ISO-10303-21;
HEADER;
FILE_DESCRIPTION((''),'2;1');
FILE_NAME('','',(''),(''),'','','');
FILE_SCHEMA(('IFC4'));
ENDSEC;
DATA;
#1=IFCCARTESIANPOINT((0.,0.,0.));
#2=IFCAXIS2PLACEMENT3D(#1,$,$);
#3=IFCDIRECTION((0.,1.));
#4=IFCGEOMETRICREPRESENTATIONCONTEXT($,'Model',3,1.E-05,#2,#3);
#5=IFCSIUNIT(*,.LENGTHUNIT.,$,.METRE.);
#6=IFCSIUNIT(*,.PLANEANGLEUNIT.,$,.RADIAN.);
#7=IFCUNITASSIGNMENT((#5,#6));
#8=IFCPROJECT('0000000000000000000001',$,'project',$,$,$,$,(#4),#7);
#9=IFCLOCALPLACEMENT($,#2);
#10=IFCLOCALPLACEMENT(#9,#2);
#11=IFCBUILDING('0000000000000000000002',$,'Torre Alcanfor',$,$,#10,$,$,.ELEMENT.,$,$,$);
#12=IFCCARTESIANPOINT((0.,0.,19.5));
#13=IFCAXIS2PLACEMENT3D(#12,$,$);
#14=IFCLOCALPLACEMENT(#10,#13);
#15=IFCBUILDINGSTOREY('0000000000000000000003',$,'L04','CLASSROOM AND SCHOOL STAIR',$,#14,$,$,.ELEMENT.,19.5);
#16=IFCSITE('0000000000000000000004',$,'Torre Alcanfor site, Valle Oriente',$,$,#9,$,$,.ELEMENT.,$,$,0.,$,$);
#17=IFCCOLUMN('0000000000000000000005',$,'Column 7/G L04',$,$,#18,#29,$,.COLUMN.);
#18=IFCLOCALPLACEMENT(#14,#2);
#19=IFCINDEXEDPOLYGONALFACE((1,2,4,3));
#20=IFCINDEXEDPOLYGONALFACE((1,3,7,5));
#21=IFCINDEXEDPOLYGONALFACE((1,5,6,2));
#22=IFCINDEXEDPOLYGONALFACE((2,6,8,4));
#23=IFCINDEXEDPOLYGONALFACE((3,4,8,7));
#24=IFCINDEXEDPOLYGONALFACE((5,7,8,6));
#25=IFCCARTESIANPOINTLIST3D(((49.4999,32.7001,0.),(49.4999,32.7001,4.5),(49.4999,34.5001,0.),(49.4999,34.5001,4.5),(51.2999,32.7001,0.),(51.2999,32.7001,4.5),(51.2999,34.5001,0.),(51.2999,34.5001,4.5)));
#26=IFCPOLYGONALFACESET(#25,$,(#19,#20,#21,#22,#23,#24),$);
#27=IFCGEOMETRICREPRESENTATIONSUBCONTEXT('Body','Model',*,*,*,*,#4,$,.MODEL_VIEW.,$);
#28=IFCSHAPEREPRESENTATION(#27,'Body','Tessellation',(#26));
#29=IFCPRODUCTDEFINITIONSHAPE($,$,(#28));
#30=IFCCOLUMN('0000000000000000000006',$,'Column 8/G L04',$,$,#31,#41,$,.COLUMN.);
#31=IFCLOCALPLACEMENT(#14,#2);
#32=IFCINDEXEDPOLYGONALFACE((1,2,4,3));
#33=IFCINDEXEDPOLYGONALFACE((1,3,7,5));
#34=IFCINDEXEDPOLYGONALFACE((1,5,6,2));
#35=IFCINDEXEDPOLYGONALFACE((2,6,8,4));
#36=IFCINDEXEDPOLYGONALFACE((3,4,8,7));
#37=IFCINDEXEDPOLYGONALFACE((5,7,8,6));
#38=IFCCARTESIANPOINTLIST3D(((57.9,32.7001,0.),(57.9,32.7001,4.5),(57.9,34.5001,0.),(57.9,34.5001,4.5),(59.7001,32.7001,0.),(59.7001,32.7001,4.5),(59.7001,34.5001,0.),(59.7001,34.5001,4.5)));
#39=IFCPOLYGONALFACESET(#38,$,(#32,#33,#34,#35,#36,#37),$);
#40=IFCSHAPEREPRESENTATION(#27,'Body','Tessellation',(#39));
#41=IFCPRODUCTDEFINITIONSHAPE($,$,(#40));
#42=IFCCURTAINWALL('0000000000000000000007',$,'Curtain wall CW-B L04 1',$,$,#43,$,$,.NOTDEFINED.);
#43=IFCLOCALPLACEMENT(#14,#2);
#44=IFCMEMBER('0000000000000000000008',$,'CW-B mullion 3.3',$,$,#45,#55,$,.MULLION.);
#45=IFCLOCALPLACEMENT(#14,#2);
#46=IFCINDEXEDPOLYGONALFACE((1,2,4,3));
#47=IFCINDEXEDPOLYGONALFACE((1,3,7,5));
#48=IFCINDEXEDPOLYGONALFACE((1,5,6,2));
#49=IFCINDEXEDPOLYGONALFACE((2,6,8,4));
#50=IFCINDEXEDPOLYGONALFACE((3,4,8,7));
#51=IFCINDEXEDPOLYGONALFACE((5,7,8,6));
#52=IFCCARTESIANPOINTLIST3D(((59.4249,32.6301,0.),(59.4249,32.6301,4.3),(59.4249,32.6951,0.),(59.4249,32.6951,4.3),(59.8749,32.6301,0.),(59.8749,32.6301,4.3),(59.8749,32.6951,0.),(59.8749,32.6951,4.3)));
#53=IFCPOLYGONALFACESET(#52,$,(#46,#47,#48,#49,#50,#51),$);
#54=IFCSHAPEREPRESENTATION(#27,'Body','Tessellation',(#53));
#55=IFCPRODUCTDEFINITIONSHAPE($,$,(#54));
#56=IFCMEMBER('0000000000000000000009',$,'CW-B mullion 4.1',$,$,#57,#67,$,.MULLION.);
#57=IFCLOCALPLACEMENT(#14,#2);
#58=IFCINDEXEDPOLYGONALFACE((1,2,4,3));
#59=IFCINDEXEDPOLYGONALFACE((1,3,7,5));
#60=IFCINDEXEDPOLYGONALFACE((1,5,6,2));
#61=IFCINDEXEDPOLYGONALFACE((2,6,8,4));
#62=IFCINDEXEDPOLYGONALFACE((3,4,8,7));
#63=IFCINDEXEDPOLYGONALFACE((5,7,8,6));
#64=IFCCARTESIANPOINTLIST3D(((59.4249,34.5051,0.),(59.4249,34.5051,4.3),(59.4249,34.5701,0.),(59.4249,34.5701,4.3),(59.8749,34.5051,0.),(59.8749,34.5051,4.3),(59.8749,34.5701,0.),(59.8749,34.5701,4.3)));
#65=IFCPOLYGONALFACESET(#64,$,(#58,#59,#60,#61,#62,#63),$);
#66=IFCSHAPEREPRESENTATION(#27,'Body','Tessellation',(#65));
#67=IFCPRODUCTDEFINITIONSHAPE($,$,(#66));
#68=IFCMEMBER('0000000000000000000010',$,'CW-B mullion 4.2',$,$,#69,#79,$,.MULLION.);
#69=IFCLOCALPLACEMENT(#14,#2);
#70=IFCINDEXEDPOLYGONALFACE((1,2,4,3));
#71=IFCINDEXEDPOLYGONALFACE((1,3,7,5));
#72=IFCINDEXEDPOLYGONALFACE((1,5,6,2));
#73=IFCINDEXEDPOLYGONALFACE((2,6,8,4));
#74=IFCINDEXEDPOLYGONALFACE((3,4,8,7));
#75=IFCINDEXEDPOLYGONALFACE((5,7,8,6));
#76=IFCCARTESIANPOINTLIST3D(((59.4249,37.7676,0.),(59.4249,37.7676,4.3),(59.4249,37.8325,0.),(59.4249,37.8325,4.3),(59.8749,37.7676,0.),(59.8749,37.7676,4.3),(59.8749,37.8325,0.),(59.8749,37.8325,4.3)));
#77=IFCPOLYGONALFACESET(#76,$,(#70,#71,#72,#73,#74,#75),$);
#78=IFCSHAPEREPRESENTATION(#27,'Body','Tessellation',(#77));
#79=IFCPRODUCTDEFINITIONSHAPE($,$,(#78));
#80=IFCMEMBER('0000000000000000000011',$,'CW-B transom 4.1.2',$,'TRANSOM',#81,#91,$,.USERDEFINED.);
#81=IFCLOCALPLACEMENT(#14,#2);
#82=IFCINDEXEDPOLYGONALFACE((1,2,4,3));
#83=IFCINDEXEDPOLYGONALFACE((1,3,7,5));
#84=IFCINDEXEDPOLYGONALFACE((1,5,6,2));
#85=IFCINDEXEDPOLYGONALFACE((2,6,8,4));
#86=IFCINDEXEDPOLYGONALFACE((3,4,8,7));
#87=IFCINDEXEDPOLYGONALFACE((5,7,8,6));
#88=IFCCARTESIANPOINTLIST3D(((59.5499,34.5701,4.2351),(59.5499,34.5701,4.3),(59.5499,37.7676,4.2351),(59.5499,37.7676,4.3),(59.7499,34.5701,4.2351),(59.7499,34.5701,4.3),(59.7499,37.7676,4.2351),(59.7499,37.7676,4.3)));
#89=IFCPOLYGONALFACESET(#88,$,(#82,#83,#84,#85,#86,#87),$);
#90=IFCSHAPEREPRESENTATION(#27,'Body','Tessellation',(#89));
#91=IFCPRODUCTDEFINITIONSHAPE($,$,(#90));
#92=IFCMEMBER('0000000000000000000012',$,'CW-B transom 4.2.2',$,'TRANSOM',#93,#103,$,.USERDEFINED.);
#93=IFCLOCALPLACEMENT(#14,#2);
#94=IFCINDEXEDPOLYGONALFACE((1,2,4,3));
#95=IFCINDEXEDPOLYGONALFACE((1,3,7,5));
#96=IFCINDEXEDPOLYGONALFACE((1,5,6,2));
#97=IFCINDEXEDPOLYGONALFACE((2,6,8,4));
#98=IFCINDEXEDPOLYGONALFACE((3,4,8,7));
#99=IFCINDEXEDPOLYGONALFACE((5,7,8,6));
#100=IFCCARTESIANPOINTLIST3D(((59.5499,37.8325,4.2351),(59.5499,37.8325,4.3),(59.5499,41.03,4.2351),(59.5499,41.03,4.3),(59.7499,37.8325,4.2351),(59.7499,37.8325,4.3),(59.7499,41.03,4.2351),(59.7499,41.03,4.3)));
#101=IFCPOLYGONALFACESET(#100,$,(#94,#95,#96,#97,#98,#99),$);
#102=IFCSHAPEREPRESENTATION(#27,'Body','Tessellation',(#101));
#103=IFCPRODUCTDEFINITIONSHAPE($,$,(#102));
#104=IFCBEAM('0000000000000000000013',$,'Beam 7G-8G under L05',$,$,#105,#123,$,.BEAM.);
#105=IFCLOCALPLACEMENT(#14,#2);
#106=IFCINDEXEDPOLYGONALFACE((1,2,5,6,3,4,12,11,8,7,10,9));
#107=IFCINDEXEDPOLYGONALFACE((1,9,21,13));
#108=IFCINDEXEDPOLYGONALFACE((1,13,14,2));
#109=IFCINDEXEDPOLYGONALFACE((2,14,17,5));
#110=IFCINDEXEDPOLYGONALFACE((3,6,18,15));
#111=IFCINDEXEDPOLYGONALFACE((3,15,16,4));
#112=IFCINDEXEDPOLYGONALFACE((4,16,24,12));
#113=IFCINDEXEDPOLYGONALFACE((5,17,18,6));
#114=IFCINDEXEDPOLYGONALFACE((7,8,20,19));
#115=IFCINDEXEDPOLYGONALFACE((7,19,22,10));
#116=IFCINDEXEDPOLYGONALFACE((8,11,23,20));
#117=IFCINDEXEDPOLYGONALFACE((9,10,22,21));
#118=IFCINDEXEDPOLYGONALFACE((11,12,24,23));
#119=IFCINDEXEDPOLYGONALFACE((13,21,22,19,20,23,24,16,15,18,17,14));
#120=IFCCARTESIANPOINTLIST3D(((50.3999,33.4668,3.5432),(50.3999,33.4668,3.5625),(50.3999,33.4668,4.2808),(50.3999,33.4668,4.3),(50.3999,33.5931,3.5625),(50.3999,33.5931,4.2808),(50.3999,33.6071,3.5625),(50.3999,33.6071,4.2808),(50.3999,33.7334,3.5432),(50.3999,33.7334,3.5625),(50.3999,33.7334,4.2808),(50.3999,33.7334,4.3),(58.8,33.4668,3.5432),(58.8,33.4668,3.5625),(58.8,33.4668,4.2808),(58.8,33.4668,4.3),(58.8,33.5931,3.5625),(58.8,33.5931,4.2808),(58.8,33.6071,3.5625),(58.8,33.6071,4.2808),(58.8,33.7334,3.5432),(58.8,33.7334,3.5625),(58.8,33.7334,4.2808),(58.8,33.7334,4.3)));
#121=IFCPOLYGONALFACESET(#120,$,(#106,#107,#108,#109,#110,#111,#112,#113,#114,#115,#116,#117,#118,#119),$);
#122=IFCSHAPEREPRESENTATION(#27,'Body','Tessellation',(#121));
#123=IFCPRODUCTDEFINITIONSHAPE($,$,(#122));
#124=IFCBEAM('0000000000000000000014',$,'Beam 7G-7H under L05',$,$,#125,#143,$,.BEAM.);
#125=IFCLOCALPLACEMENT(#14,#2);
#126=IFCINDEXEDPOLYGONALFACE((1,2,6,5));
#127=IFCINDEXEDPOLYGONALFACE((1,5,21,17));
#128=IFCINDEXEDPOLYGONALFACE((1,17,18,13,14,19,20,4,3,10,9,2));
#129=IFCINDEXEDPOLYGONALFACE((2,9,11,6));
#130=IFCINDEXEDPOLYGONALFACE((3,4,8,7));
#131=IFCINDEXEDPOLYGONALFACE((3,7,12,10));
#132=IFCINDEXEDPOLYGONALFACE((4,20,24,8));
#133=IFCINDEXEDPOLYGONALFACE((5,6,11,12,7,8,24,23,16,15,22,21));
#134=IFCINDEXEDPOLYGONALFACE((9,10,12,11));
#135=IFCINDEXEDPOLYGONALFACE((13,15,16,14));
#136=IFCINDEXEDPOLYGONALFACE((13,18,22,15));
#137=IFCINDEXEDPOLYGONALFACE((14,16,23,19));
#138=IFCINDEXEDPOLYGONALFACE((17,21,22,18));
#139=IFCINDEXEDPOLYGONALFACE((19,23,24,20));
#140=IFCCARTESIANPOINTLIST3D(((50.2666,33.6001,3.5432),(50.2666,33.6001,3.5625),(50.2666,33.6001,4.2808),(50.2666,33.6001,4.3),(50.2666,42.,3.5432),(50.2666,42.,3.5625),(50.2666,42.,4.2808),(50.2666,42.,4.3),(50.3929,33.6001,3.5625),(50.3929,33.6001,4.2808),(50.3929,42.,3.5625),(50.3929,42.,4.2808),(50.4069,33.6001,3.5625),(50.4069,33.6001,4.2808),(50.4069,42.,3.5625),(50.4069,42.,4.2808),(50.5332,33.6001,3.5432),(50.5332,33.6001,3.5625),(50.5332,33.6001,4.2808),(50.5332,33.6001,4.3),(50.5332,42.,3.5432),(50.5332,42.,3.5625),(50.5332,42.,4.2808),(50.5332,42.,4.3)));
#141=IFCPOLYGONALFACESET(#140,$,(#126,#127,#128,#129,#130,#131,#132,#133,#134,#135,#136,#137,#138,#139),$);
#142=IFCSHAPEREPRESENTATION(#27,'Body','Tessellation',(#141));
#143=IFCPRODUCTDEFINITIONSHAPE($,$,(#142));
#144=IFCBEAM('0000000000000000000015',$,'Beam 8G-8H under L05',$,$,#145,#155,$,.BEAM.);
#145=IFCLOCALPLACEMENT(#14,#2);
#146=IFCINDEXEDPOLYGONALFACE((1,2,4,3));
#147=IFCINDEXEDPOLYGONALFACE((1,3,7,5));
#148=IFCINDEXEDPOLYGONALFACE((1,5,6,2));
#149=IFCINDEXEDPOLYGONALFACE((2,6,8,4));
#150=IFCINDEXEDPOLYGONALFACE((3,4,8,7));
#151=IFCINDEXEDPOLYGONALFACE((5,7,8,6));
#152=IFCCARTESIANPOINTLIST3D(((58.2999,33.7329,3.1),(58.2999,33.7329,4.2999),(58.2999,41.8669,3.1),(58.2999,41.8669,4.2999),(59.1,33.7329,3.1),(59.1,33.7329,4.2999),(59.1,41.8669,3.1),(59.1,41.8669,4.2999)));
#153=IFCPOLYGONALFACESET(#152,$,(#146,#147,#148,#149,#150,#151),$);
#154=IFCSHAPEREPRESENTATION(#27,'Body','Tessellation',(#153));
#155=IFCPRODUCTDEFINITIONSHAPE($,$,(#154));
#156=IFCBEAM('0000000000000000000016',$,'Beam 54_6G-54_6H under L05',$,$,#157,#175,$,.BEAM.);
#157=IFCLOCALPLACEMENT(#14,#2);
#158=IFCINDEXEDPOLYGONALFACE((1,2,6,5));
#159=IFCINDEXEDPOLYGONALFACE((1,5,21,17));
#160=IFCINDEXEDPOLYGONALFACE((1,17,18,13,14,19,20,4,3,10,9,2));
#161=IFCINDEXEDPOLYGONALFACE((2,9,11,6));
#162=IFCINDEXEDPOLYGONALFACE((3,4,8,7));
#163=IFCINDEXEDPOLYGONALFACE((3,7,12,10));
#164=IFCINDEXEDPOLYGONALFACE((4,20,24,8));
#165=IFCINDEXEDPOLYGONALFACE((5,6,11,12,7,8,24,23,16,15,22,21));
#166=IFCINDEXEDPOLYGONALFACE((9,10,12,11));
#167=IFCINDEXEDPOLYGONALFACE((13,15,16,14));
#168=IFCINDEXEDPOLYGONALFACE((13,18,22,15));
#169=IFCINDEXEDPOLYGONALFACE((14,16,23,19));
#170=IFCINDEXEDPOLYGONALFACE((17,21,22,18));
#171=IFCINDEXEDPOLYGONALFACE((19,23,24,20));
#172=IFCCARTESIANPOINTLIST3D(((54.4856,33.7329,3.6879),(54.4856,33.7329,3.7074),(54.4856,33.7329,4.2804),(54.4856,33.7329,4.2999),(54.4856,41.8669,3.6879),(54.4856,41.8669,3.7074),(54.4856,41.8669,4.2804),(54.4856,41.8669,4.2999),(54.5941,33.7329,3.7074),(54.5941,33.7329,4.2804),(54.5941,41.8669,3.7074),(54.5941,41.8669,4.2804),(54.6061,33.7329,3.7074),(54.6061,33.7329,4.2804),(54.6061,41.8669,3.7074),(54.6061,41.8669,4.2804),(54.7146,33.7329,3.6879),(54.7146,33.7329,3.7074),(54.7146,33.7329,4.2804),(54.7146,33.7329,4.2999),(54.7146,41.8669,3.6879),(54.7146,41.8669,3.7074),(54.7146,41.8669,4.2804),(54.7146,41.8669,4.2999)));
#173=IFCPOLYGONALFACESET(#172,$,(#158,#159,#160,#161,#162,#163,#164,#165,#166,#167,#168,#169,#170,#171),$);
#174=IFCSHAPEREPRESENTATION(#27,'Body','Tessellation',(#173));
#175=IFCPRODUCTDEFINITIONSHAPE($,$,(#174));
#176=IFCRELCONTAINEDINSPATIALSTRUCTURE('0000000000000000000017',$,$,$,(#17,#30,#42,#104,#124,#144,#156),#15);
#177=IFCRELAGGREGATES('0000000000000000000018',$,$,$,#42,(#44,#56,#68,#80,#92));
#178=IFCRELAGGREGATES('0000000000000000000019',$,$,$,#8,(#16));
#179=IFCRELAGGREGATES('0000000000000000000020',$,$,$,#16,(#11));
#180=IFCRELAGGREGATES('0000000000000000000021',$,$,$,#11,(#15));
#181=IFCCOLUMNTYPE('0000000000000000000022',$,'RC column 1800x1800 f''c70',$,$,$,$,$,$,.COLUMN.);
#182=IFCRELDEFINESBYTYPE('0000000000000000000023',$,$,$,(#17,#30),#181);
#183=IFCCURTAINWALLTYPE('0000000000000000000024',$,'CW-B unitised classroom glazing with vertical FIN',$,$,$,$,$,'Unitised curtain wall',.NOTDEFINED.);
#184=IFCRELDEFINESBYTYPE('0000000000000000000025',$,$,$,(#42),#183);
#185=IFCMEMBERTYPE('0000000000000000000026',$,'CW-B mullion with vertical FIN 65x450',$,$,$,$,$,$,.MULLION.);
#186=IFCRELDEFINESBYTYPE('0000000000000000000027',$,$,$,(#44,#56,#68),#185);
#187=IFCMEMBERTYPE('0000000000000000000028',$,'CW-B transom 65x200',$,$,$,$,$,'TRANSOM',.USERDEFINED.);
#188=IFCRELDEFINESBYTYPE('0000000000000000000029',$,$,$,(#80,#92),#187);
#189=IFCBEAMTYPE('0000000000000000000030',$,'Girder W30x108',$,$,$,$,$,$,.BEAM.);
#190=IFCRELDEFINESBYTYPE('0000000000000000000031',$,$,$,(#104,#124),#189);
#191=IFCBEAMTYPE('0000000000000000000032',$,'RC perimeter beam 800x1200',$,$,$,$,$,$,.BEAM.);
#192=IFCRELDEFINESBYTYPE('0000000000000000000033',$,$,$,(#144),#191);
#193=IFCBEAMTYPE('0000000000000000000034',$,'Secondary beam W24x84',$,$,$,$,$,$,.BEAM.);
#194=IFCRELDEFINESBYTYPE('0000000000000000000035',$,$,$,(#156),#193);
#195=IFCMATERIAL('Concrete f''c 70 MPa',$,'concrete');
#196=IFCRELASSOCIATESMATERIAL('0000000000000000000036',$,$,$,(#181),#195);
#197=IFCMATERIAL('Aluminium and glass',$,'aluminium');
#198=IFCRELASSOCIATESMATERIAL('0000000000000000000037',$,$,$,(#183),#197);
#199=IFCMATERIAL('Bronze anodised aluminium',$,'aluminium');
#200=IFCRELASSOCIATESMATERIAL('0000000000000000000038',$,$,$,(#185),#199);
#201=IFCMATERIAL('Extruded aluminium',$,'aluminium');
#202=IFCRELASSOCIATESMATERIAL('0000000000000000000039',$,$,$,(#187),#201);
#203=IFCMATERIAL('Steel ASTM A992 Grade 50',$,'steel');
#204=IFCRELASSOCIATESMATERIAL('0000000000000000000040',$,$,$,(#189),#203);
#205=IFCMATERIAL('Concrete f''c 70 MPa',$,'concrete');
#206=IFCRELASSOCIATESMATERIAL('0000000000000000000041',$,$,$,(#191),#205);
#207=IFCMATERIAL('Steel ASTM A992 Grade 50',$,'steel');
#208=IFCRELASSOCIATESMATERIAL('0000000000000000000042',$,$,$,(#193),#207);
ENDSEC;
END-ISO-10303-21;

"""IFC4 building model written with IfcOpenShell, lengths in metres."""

from ifc_helpers import new_model, si_unit, direction, frame, origin, origin_2d, place, context, subcontext, project, spatial, rectangle, i_section, extrude, material, material_profile, profile_set, type_object, element, aggregate, save


model = new_model("IFC4")

# Units and contexts
model_context = context("Model", 3, precision=1e-05, world=origin(), true_north=direction((0.0, 1.0)))
body_context = subcontext(model_context, "Body", "Model", "MODEL_VIEW")
ifc_project = project(units=[si_unit("LENGTHUNIT", "METRE"), si_unit("PLANEANGLEUNIT", "RADIAN")], contexts=[model_context])

# Site, building, storey
site_placement = place(None, origin())
site = spatial("IfcSite", under=ifc_project, at=site_placement, Name="Torre Alcanfor site, Valle Oriente", CompositionType="ELEMENT", RefElevation=0.0)
building_placement = place(site_placement, origin())
building = spatial("IfcBuilding", under=site, at=building_placement, Name="Torre Alcanfor", CompositionType="ELEMENT")
storey_placement = place(building_placement, frame((0.0, 0.0, 19.5)))
storey = spatial("IfcBuildingStorey", under=building, at=storey_placement, Name="L04", Description="CLASSROOM AND SCHOOL STAIR", CompositionType="ELEMENT", Elevation=19.5)

# Columns
ifc_material_1 = material(Name="Concrete f'c 70 MPa", Category="concrete")
ifc_material_profile_1 = material_profile(ifc_material_1, rectangle(XDim=1.8, YDim=1.8, at=origin_2d()), Name="1800x1800")
ifc_profile_set_1 = profile_set([ifc_material_profile_1], Name="Concrete f'c 70 MPa")
column_type = type_object("IfcColumnType", Name="RC column 1800x1800 f'c70", PredefinedType="COLUMN", material=ifc_profile_set_1)
for number, where, z_axis, x_axis, name in (
    (1, (50.3999, 33.6001, 0.0), (0.0, 0.0, 1.0), (1.0, 0.0, 0.0), "Column 7/G L04"),
    (2, (58.8, 33.6001, 0.0), (0.0, 0.0, 1.0), (1.0, 0.0, 0.0), "Column 8/G L04"),
):
    element("IfcColumn", number, at=place(storey_placement, frame(where, z_axis=z_axis, x_axis=x_axis)), inside=storey, type_object=column_type, Name=name, PredefinedType="COLUMN", context=body_context, shape_type="SweptSolid", body=[
        extrude(rectangle(XDim=1.8, YDim=1.8, at=origin_2d()), origin(), (0.0, 0.0, 1.0), 4.5),
    ])

# Curtain wall, members
ifc_material_2 = material(Name="Aluminium and glass", Category="aluminium")
curtain_wall_type = type_object("IfcCurtainWallType", Name="CW-B unitised classroom glazing with vertical FIN", ElementType="Unitised curtain wall", PredefinedType="NOTDEFINED", material=ifc_material_2)
curtain_wall_placement = place(storey_placement, origin())
curtain_wall = element("IfcCurtainWall", 3, at=curtain_wall_placement, inside=storey, type_object=curtain_wall_type, Name="Curtain wall CW-B L04 1", PredefinedType="NOTDEFINED")
ifc_material_3 = material(Name="Bronze anodised aluminium", Category="aluminium")
ifc_material_profile_2 = material_profile(ifc_material_3, rectangle(XDim=0.45, YDim=0.0649, at=origin_2d()), Name="CW-B mullion 65x450")
ifc_profile_set_2 = profile_set([ifc_material_profile_2], Name="Bronze anodised aluminium")
member_type_1 = type_object("IfcMemberType", Name="CW-B mullion with vertical FIN 65x450", PredefinedType="MULLION", material=ifc_profile_set_2)
member_1_placement = place(storey_placement, frame((59.6499, 32.6626, 0.0), z_axis=(0.0, 0.0, 1.0), x_axis=(-1.0, 0.0, 0.0)))
member_1 = element("IfcMember", 4, at=member_1_placement, type_object=member_type_1, Name="CW-B mullion 3.3", PredefinedType="MULLION", context=body_context, shape_type="SweptSolid", body=[
    extrude(rectangle(XDim=0.45, YDim=0.0649, at=origin_2d()), origin(), (0.0, 0.0, 1.0), 4.3),
])
member_2_placement = place(storey_placement, frame((59.6499, 34.5376, 0.0), z_axis=(0.0, 0.0, 1.0), x_axis=(-1.0, 0.0, 0.0)))
member_2 = element("IfcMember", 5, at=member_2_placement, type_object=member_type_1, Name="CW-B mullion 4.1", PredefinedType="MULLION", context=body_context, shape_type="SweptSolid", body=[
    extrude(rectangle(XDim=0.45, YDim=0.0649, at=origin_2d()), origin(), (0.0, 0.0, 1.0), 4.3),
])
member_3_placement = place(storey_placement, frame((59.6499, 37.8, 0.0), z_axis=(0.0, 0.0, 1.0), x_axis=(-1.0, 0.0, 0.0)))
member_3 = element("IfcMember", 6, at=member_3_placement, type_object=member_type_1, Name="CW-B mullion 4.2", PredefinedType="MULLION", context=body_context, shape_type="SweptSolid", body=[
    extrude(rectangle(XDim=0.45, YDim=0.0649, at=origin_2d()), origin(), (0.0, 0.0, 1.0), 4.3),
])
ifc_material_4 = material(Name="Extruded aluminium", Category="aluminium")
ifc_material_profile_3 = material_profile(ifc_material_4, rectangle(XDim=0.2, YDim=0.0649, at=origin_2d()), Name="CW-B transom 200x65")
ifc_profile_set_3 = profile_set([ifc_material_profile_3], Name="Extruded aluminium")
member_type_2 = type_object("IfcMemberType", Name="CW-B transom 65x200", ElementType="TRANSOM", PredefinedType="USERDEFINED", material=ifc_profile_set_3)
member_4_placement = place(storey_placement, frame((59.6499, 34.5701, 4.2676), z_axis=(0.0, 1.0, 0.0), x_axis=(-1.0, 0.0, 0.0)))
member_4 = element("IfcMember", 7, at=member_4_placement, type_object=member_type_2, Name="CW-B transom 4.1.2", ObjectType="TRANSOM", PredefinedType="USERDEFINED", context=body_context, shape_type="SweptSolid", body=[
    extrude(rectangle(XDim=0.2, YDim=0.0649, at=origin_2d()), origin(), (0.0, 0.0, 1.0), 3.1975),
])
member_5_placement = place(storey_placement, frame((59.6499, 37.8325, 4.2676), z_axis=(0.0, 1.0, 0.0), x_axis=(-1.0, 0.0, 0.0)))
member_5 = element("IfcMember", 8, at=member_5_placement, type_object=member_type_2, Name="CW-B transom 4.2.2", ObjectType="TRANSOM", PredefinedType="USERDEFINED", context=body_context, shape_type="SweptSolid", body=[
    extrude(rectangle(XDim=0.2, YDim=0.0649, at=origin_2d()), origin(), (0.0, 0.0, 1.0), 3.1975),
])

# Beams
ifc_material_5 = material(Name="Steel ASTM A992 Grade 50", Category="steel")
ifc_material_profile_4 = material_profile(ifc_material_5, i_section(OverallWidth=0.2666, OverallDepth=0.7568, WebThickness=0.0139, FlangeThickness=0.0193, at=origin_2d()), Name="W30x108")
ifc_profile_set_4 = profile_set([ifc_material_profile_4], Name="Steel ASTM A992 Grade 50")
beam_type_1 = type_object("IfcBeamType", Name="Girder W30x108", PredefinedType="BEAM", material=ifc_profile_set_4)
beam_1_placement = place(storey_placement, frame((50.3999, 33.6001, 3.9216), z_axis=(1.0, 0.0, 0.0), x_axis=(0.0, 1.0, 0.0)))
element("IfcBeam", 9, at=beam_1_placement, inside=storey, type_object=beam_type_1, Name="Beam 7G-8G under L05", PredefinedType="BEAM", context=body_context, shape_type="SweptSolid", body=[
    extrude(i_section(OverallWidth=0.2666, OverallDepth=0.7568, WebThickness=0.0139, FlangeThickness=0.0193, at=origin_2d()), origin(), (0.0, 0.0, 1.0), 8.4001),
])
beam_2_placement = place(storey_placement, frame((50.3999, 33.6001, 3.9216), z_axis=(0.0, 1.0, 0.0), x_axis=(-1.0, 0.0, 0.0)))
element("IfcBeam", 10, at=beam_2_placement, inside=storey, type_object=beam_type_1, Name="Beam 7G-7H under L05", PredefinedType="BEAM", context=body_context, shape_type="SweptSolid", body=[
    extrude(i_section(OverallWidth=0.2666, OverallDepth=0.7568, WebThickness=0.0139, FlangeThickness=0.0193, at=origin_2d()), origin(), (0.0, 0.0, 1.0), 8.3999),
])
ifc_material_6 = material(Name="Concrete f'c 70 MPa", Category="concrete")
ifc_material_profile_5 = material_profile(ifc_material_6, rectangle(XDim=0.8, YDim=1.2, at=origin_2d()), Name="800x1200")
ifc_profile_set_5 = profile_set([ifc_material_profile_5], Name="Concrete f'c 70 MPa")
beam_type_2 = type_object("IfcBeamType", Name="RC perimeter beam 800x1200", PredefinedType="BEAM", material=ifc_profile_set_5)
beam_3_placement = place(storey_placement, frame((58.7, 33.7329, 3.7), z_axis=(0.0, 1.0, 0.0), x_axis=(-1.0, 0.0, 0.0)))
element("IfcBeam", 11, at=beam_3_placement, inside=storey, type_object=beam_type_2, Name="Beam 8G-8H under L05", PredefinedType="BEAM", context=body_context, shape_type="SweptSolid", body=[
    extrude(rectangle(XDim=0.8, YDim=1.2, at=origin_2d()), origin(), (0.0, 0.0, 1.0), 8.134),
])
ifc_material_7 = material(Name="Steel ASTM A992 Grade 50", Category="steel")
ifc_material_profile_6 = material_profile(ifc_material_7, i_section(OverallWidth=0.229, OverallDepth=0.6121, WebThickness=0.012, FlangeThickness=0.0195, at=origin_2d()), Name="W24x84")
ifc_profile_set_6 = profile_set([ifc_material_profile_6], Name="Steel ASTM A992 Grade 50")
beam_type_3 = type_object("IfcBeamType", Name="Secondary beam W24x84", PredefinedType="BEAM", material=ifc_profile_set_6)
beam_4_placement = place(storey_placement, frame((54.6001, 33.7329, 3.9939), z_axis=(0.0, 1.0, 0.0), x_axis=(-1.0, 0.0, 0.0)))
element("IfcBeam", 12, at=beam_4_placement, inside=storey, type_object=beam_type_3, Name="Beam 54_6G-54_6H under L05", PredefinedType="BEAM", context=body_context, shape_type="SweptSolid", body=[
    extrude(i_section(OverallWidth=0.229, OverallDepth=0.6121, WebThickness=0.012, FlangeThickness=0.0195, at=origin_2d()), origin(), (0.0, 0.0, 1.0), 8.134),
])

aggregate(curtain_wall, [member_1, member_2, member_3, member_4, member_5])

save(model, "model.ifc")
